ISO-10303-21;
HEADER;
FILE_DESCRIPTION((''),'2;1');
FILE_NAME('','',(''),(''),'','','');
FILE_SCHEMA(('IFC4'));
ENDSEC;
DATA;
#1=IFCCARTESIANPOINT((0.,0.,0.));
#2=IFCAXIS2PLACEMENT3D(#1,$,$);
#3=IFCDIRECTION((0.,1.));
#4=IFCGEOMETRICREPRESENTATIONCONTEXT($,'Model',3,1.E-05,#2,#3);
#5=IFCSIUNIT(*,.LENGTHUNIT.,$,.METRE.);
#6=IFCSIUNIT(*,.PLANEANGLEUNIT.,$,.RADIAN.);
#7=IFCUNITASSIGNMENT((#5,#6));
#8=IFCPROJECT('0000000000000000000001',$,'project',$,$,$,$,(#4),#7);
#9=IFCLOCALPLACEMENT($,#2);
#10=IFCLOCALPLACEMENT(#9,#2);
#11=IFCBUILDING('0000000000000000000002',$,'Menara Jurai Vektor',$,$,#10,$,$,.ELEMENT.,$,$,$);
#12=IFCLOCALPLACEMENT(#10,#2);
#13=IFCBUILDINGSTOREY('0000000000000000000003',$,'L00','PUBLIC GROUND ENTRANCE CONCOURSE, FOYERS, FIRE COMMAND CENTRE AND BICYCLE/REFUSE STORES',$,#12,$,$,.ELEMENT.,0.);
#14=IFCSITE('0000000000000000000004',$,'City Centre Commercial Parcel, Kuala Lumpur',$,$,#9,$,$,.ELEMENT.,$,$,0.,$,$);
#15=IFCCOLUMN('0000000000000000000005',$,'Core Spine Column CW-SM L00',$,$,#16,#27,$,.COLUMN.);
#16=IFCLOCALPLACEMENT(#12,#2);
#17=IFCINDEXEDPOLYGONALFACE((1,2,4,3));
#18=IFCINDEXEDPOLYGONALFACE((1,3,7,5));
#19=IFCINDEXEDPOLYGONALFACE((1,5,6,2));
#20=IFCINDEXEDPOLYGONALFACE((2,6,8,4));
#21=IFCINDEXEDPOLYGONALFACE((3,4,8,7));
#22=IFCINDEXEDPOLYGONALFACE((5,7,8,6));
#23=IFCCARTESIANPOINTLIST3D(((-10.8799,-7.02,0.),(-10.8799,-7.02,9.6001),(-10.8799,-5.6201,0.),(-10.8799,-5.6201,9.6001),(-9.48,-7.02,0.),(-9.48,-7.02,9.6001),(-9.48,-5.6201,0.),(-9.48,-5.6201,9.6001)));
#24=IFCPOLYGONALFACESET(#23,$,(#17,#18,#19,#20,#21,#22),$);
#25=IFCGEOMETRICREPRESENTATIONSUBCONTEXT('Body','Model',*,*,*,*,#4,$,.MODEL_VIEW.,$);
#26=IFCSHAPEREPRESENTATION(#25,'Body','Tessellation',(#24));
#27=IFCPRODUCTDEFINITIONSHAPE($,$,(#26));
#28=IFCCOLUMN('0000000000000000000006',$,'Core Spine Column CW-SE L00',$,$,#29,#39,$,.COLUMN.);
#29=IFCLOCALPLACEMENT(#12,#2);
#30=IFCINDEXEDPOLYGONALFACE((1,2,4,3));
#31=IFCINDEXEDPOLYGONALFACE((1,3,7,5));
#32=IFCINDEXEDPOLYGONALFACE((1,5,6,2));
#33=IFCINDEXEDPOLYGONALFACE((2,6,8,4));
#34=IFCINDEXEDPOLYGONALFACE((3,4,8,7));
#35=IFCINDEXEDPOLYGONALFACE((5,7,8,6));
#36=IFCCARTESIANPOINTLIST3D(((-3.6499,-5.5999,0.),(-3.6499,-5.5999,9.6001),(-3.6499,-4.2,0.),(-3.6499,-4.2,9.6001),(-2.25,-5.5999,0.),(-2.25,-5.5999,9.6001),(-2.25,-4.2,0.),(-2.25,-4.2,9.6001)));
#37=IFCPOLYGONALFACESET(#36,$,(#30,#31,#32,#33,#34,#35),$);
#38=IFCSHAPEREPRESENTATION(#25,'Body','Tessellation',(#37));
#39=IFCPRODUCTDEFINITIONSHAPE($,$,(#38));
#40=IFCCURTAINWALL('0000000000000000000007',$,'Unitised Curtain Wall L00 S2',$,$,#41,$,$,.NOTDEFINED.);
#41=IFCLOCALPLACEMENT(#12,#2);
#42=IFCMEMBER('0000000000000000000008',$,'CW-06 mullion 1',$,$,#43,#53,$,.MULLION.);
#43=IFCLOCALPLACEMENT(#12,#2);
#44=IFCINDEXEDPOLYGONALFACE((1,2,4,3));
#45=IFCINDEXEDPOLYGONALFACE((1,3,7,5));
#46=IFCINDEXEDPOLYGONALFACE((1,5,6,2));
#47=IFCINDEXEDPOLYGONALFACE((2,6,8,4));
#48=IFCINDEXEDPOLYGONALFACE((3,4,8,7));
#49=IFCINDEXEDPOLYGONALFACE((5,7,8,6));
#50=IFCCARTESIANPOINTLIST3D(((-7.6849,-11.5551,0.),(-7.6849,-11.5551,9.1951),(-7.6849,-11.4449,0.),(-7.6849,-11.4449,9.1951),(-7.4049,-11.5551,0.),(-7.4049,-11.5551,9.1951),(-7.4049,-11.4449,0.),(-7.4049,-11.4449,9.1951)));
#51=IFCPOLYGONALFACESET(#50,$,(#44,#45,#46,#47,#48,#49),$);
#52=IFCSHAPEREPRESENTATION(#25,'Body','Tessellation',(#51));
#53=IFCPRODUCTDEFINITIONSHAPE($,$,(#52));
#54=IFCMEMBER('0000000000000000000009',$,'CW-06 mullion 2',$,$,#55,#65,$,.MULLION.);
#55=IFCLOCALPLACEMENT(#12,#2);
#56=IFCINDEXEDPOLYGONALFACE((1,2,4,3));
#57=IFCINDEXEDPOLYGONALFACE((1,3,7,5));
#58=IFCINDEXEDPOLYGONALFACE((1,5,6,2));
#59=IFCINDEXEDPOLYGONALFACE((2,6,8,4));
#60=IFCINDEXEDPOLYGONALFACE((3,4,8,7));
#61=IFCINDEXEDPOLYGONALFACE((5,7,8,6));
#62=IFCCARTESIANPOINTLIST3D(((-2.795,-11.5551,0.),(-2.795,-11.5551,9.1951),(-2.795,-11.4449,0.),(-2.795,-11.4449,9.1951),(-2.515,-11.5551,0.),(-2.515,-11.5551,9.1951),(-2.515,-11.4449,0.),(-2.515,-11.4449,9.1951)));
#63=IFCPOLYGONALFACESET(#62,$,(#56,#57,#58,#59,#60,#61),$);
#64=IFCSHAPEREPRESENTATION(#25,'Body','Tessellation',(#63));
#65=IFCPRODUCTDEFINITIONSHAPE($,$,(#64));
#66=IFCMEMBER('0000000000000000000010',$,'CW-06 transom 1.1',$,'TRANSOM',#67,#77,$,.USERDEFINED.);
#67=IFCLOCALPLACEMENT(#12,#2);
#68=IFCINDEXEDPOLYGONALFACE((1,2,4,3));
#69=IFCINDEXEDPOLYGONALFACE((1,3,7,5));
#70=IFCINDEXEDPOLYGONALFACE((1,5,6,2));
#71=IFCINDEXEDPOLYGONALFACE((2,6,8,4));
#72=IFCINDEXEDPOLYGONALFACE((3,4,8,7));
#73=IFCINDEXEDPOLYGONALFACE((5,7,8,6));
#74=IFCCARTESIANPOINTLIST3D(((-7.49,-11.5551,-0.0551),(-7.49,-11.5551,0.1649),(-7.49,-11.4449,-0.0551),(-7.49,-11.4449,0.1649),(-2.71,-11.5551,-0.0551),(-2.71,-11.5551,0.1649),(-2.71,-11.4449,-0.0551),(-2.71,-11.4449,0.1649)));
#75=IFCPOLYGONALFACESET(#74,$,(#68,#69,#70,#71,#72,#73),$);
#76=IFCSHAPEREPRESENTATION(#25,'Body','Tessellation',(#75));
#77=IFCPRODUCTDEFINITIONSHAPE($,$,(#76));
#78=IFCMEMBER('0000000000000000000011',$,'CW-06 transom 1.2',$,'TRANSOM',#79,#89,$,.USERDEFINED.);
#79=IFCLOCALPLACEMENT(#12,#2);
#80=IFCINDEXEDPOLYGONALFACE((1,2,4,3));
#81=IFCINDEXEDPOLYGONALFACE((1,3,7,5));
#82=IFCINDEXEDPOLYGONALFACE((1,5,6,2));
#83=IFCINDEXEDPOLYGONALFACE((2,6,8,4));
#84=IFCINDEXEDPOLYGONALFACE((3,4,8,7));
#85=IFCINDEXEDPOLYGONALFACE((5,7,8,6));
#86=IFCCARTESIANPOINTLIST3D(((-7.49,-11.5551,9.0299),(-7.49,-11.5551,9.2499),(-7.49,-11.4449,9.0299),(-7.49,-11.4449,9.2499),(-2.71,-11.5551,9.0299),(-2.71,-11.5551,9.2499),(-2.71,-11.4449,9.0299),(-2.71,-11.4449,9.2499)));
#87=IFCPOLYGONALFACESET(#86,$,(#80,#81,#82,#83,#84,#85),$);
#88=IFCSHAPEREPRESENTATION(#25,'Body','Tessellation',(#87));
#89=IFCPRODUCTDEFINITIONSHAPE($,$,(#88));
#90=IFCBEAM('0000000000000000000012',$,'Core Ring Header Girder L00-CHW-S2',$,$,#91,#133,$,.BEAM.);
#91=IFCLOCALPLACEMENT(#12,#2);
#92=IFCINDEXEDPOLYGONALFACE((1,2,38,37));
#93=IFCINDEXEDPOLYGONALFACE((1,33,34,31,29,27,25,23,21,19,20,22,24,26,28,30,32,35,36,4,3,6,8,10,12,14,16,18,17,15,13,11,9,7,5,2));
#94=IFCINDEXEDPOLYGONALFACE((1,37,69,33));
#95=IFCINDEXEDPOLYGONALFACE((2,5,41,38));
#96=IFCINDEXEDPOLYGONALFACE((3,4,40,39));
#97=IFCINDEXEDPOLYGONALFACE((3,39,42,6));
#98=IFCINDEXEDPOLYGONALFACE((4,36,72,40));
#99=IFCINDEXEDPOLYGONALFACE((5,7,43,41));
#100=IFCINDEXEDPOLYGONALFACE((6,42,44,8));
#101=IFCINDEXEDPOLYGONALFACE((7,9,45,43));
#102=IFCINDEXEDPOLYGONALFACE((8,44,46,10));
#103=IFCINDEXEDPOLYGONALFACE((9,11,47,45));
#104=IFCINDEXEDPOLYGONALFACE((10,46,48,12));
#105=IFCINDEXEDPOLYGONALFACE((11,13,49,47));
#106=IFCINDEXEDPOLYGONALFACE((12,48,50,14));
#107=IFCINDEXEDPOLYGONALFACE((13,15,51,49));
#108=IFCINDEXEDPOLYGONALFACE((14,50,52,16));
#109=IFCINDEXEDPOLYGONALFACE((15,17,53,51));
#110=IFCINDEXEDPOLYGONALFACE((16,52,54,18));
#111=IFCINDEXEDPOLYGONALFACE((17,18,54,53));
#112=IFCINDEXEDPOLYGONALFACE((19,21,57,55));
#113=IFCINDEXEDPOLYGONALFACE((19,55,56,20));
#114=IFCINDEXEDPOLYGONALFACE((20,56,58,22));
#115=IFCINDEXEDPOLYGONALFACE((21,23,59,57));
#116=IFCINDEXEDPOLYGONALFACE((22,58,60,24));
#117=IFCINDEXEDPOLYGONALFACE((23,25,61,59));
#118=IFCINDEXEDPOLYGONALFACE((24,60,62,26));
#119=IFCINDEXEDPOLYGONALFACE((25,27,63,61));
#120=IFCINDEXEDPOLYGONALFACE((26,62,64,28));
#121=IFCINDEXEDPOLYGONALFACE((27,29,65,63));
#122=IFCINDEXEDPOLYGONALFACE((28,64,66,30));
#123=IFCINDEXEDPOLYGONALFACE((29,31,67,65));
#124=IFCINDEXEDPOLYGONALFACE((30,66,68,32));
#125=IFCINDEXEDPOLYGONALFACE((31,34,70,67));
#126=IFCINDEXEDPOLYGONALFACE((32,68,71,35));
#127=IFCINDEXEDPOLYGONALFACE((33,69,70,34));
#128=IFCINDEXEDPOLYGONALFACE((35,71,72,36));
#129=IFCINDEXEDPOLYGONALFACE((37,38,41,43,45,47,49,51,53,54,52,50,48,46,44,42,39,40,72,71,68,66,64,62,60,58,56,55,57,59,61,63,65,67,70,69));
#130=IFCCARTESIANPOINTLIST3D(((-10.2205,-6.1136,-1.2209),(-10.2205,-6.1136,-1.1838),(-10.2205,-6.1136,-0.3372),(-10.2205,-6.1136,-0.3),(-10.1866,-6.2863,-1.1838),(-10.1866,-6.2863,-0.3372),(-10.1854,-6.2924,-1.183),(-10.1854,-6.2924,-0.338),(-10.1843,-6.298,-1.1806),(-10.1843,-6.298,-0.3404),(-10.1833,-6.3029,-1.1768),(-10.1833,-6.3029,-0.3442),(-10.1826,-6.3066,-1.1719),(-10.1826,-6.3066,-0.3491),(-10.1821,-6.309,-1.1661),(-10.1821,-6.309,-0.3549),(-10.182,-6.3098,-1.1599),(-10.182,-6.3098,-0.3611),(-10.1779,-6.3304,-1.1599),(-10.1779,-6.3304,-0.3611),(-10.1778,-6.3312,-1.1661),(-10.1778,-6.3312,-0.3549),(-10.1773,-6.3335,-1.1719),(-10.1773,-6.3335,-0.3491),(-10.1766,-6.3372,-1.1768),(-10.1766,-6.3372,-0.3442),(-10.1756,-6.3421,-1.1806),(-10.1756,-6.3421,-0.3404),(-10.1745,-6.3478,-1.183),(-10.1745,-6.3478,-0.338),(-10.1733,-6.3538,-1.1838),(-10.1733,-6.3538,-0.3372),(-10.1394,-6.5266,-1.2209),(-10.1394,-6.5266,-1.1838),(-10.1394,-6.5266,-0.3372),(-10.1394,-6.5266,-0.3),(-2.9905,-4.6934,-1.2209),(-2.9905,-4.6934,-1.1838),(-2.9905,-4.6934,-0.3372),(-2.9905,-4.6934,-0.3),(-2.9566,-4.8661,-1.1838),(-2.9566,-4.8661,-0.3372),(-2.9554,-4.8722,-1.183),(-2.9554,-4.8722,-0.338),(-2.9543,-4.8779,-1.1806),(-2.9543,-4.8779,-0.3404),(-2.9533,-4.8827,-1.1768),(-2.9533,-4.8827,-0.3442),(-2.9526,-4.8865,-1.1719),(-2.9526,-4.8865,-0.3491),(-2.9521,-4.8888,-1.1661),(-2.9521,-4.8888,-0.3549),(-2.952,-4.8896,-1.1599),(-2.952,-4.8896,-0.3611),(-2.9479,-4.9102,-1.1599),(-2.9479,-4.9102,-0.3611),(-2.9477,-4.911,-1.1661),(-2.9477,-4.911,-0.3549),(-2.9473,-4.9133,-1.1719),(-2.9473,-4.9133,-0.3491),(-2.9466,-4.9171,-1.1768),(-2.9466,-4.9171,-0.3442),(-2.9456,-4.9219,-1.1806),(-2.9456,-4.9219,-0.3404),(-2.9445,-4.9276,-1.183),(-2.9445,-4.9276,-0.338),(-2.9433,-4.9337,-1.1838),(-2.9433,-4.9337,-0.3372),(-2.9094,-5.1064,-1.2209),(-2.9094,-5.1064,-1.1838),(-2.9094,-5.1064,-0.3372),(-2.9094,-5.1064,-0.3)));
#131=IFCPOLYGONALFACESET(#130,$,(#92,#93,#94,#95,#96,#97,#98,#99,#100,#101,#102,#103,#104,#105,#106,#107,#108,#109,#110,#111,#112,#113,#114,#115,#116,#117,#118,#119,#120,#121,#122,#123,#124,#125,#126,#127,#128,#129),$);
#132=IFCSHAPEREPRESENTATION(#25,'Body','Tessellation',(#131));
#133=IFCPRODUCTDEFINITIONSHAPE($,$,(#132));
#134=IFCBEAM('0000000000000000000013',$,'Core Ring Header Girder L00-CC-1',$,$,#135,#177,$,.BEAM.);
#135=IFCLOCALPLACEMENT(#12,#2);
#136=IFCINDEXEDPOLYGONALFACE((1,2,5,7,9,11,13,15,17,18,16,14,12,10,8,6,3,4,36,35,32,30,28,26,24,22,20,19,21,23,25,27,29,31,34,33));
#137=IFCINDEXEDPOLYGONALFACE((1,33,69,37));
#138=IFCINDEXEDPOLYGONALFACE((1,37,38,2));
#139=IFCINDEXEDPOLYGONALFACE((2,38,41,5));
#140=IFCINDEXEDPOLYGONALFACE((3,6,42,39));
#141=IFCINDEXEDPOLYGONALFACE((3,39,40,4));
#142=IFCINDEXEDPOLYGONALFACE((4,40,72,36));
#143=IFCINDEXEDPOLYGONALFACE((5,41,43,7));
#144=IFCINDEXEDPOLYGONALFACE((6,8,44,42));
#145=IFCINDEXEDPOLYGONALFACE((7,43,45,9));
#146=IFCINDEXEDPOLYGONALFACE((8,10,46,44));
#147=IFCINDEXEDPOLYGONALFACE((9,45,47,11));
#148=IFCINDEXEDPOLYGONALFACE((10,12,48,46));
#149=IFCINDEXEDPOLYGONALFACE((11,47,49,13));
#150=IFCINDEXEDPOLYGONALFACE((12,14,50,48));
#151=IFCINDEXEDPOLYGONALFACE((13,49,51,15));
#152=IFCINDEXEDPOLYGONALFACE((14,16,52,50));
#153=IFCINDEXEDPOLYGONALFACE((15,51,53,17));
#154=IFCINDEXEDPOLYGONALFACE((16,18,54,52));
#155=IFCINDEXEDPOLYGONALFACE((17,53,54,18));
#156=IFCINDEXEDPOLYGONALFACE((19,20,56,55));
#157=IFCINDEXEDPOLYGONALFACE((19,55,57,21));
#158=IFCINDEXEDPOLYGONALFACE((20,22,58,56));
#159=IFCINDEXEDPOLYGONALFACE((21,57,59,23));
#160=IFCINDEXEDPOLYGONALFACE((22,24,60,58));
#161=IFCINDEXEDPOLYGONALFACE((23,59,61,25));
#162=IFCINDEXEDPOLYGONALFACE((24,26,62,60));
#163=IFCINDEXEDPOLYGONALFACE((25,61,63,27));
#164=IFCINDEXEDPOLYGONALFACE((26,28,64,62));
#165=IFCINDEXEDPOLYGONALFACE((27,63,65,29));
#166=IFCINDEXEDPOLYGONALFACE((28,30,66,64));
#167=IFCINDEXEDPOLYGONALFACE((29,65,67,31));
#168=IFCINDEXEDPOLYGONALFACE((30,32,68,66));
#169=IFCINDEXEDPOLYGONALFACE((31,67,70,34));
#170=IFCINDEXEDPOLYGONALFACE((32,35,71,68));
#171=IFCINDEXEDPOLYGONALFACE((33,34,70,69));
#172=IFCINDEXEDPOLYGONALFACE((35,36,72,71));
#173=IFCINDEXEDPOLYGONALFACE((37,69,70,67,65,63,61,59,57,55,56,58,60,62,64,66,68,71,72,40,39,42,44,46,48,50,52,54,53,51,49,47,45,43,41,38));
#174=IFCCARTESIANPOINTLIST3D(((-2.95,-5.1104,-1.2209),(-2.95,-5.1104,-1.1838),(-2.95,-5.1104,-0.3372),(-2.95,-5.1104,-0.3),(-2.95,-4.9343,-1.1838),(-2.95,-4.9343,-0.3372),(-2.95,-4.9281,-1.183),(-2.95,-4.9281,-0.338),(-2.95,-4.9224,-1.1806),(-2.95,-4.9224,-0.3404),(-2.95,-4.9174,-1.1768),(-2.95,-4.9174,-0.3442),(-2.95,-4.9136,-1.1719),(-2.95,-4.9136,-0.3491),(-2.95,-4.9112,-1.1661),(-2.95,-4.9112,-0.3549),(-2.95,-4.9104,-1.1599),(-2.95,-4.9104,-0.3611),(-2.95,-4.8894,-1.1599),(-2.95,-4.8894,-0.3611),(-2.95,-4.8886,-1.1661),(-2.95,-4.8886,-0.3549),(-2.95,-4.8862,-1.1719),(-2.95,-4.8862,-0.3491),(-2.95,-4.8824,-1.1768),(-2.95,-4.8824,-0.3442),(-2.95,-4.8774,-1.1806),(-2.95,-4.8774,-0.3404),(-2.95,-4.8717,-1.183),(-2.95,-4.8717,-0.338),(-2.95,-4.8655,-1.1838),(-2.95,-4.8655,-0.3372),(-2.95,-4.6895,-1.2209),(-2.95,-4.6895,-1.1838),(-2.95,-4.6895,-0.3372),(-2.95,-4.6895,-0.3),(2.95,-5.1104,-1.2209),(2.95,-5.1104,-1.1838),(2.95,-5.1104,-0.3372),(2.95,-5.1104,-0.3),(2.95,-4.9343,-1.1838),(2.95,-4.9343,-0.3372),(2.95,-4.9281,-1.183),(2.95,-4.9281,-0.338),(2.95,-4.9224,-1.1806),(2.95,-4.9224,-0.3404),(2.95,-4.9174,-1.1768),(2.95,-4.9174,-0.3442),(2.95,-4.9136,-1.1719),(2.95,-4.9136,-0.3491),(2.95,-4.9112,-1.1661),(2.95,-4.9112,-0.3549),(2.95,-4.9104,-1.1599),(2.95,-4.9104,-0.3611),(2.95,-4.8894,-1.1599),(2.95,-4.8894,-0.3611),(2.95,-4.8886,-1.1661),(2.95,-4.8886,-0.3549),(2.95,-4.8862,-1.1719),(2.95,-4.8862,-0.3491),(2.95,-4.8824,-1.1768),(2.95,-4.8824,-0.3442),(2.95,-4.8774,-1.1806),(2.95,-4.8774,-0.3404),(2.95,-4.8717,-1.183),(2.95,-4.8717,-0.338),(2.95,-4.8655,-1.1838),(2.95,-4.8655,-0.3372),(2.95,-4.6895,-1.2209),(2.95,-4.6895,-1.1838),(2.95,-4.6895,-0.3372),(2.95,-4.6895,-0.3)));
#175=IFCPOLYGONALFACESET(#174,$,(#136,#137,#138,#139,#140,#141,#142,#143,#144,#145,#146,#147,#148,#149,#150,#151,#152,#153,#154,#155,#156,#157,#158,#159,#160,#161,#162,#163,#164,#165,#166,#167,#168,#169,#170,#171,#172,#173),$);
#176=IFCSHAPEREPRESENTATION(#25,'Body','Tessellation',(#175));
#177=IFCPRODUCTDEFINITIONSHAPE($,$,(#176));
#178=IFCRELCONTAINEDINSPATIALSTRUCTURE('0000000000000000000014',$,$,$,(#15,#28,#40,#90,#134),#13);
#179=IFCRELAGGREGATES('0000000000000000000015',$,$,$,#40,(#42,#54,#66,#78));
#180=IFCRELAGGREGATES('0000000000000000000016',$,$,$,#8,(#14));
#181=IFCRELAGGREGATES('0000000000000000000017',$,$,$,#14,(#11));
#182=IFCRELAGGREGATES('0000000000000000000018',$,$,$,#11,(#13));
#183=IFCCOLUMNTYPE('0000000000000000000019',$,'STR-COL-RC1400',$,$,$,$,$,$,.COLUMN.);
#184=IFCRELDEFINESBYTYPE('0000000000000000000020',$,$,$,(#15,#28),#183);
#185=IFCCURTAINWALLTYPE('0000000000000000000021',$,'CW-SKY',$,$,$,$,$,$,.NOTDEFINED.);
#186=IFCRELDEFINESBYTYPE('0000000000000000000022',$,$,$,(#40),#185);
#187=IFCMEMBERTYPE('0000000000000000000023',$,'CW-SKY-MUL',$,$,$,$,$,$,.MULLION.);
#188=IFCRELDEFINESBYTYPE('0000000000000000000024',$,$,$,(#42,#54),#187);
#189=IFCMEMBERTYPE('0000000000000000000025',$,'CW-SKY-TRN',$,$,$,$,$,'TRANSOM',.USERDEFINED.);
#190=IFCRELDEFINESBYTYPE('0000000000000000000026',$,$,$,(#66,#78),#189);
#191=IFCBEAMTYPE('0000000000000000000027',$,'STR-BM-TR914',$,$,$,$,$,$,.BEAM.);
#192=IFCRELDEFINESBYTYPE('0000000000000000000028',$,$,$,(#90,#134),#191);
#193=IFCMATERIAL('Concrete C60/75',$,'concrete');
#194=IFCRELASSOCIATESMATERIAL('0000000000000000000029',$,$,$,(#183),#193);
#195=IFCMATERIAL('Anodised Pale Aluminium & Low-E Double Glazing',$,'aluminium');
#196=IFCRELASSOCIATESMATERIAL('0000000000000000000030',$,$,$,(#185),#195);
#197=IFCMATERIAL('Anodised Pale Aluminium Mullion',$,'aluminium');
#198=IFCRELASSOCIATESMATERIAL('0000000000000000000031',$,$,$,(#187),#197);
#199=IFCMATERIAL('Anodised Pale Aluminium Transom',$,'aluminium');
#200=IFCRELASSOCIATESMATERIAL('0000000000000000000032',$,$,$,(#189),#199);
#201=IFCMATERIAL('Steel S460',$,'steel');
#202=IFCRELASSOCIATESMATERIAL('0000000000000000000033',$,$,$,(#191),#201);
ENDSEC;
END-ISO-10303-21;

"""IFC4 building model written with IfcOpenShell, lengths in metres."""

from ifc_helpers import new_model, si_unit, direction, frame, origin, origin_2d, place, context, subcontext, project, spatial, rectangle, i_section, extrude, material, material_profile, profile_set, type_object, element, aggregate, save


model = new_model("IFC4")

# Units and contexts
model_context = context("Model", 3, precision=1e-05, world=origin(), true_north=direction((0.0, 1.0)))
body_context = subcontext(model_context, "Body", "Model", "MODEL_VIEW")
ifc_project = project(units=[si_unit("LENGTHUNIT", "METRE"), si_unit("PLANEANGLEUNIT", "RADIAN")], contexts=[model_context])

# Site, building, storey
site_placement = place(None, origin())
site = spatial("IfcSite", under=ifc_project, at=site_placement, Name="City Centre Commercial Parcel, Kuala Lumpur", CompositionType="ELEMENT", RefElevation=0.0)
building_placement = place(site_placement, origin())
building = spatial("IfcBuilding", under=site, at=building_placement, Name="Menara Jurai Vektor", CompositionType="ELEMENT")
storey_placement = place(building_placement, origin())
storey = spatial("IfcBuildingStorey", under=building, at=storey_placement, Name="L00", Description="PUBLIC GROUND ENTRANCE CONCOURSE, FOYERS, FIRE COMMAND CENTRE AND BICYCLE/REFUSE STORES", CompositionType="ELEMENT", Elevation=0.0)

# Columns
ifc_material_1 = material(Name="Concrete C60/75", Category="concrete")
ifc_material_profile_1 = material_profile(ifc_material_1, rectangle(XDim=1.3999, YDim=1.3999, at=origin_2d()), Name="RC 1400x1400")
ifc_profile_set_1 = profile_set([ifc_material_profile_1], Name="Concrete C60/75")
column_type = type_object("IfcColumnType", Name="STR-COL-RC1400", PredefinedType="COLUMN", material=ifc_profile_set_1)
for number, where, z_axis, x_axis, name in (
    (1, (-10.1799, -6.3201, 0.0), (0.0, 0.0, 1.0), (1.0, 0.0, 0.0), "Core Spine Column CW-SM L00"),
    (2, (-2.95, -4.8999, 0.0), (0.0, 0.0, 1.0), (1.0, 0.0, 0.0), "Core Spine Column CW-SE L00"),
):
    element("IfcColumn", number, at=place(storey_placement, frame(where, z_axis=z_axis, x_axis=x_axis)), inside=storey, type_object=column_type, Name=name, PredefinedType="COLUMN", context=body_context, shape_type="SweptSolid", body=[
        extrude(rectangle(XDim=1.3999, YDim=1.3999, at=origin_2d()), origin(), (0.0, 0.0, 1.0), 9.6001),
    ])

# Curtain wall, members
ifc_material_2 = material(Name="Anodised Pale Aluminium & Low-E Double Glazing", Category="aluminium")
curtain_wall_type = type_object("IfcCurtainWallType", Name="CW-SKY", PredefinedType="NOTDEFINED", material=ifc_material_2)
curtain_wall_placement = place(storey_placement, origin())
curtain_wall = element("IfcCurtainWall", 3, at=curtain_wall_placement, inside=storey, type_object=curtain_wall_type, Name="Unitised Curtain Wall L00 S2", PredefinedType="NOTDEFINED")
ifc_material_3 = material(Name="Anodised Pale Aluminium Mullion", Category="aluminium")
ifc_material_profile_2 = material_profile(ifc_material_3, rectangle(XDim=0.1101, YDim=0.28, at=origin_2d()), Name="ALU MUL 110x280")
ifc_profile_set_2 = profile_set([ifc_material_profile_2], Name="Anodised Pale Aluminium Mullion")
member_type_1 = type_object("IfcMemberType", Name="CW-SKY-MUL", PredefinedType="MULLION", material=ifc_profile_set_2)
member_1_placement = place(storey_placement, frame((-7.5449, -11.5, 0.0), z_axis=(0.0, 0.0, 1.0), x_axis=(0.0, 1.0, 0.0)))
member_1 = element("IfcMember", 4, at=member_1_placement, type_object=member_type_1, Name="CW-06 mullion 1", PredefinedType="MULLION", context=body_context, shape_type="SweptSolid", body=[
    extrude(rectangle(XDim=0.1101, YDim=0.28, at=origin_2d()), origin(), (0.0, 0.0, 1.0), 9.1951),
])
member_2_placement = place(storey_placement, frame((-2.655, -11.5, 0.0), z_axis=(0.0, 0.0, 1.0), x_axis=(0.0, 1.0, 0.0)))
member_2 = element("IfcMember", 5, at=member_2_placement, type_object=member_type_1, Name="CW-06 mullion 2", PredefinedType="MULLION", context=body_context, shape_type="SweptSolid", body=[
    extrude(rectangle(XDim=0.1101, YDim=0.28, at=origin_2d()), origin(), (0.0, 0.0, 1.0), 9.1951),
])
ifc_material_4 = material(Name="Anodised Pale Aluminium Transom", Category="aluminium")
ifc_material_profile_3 = material_profile(ifc_material_4, rectangle(XDim=0.1101, YDim=0.22, at=origin_2d()), Name="ALU TRN 110x220")
ifc_profile_set_3 = profile_set([ifc_material_profile_3], Name="Anodised Pale Aluminium Transom")
member_type_2 = type_object("IfcMemberType", Name="CW-SKY-TRN", ElementType="TRANSOM", PredefinedType="USERDEFINED", material=ifc_profile_set_3)
member_3_placement = place(storey_placement, frame((-7.49, -11.5, 0.0549), z_axis=(1.0, 0.0, 0.0), x_axis=(0.0, 1.0, 0.0)))
member_3 = element("IfcMember", 6, at=member_3_placement, type_object=member_type_2, Name="CW-06 transom 1.1", ObjectType="TRANSOM", PredefinedType="USERDEFINED", context=body_context, shape_type="SweptSolid", body=[
    extrude(rectangle(XDim=0.1101, YDim=0.22, at=origin_2d()), origin(), (0.0, 0.0, 1.0), 4.78),
])
member_4_placement = place(storey_placement, frame((-7.49, -11.5, 9.1399), z_axis=(1.0, 0.0, 0.0), x_axis=(0.0, 1.0, 0.0)))
member_4 = element("IfcMember", 7, at=member_4_placement, type_object=member_type_2, Name="CW-06 transom 1.2", ObjectType="TRANSOM", PredefinedType="USERDEFINED", context=body_context, shape_type="SweptSolid", body=[
    extrude(rectangle(XDim=0.1101, YDim=0.22, at=origin_2d()), origin(), (0.0, 0.0, 1.0), 4.78),
])

# Beams
ifc_material_5 = material(Name="Steel S460", Category="steel")
ifc_material_profile_4 = material_profile(ifc_material_5, i_section(OverallWidth=0.4209, OverallDepth=0.9209, WebThickness=0.021, FlangeThickness=0.0371, FilletRadius=0.0239, at=origin_2d()), Name="UKB 914x419x388")
ifc_profile_set_4 = profile_set([ifc_material_profile_4], Name="Steel S460")
beam_type_1 = type_object("IfcBeamType", Name="STR-BM-TR914", PredefinedType="BEAM", material=ifc_profile_set_4)
beam_1_placement = place(storey_placement, frame((-10.1799, -6.3201, -0.7605), z_axis=(0.981249, 0.192744, 0.0), x_axis=(-0.192744, 0.981249, 0.0)))
element("IfcBeam", 8, at=beam_1_placement, inside=storey, type_object=beam_type_1, Name="Core Ring Header Girder L00-CHW-S2", PredefinedType="BEAM", context=body_context, shape_type="SweptSolid", body=[
    extrude(i_section(OverallWidth=0.4209, OverallDepth=0.9209, WebThickness=0.021, FlangeThickness=0.0371, FilletRadius=0.0239, at=origin_2d()), origin(), (0.0, 0.0, 1.0), 7.3682),
])
beam_2_placement = place(storey_placement, frame((-2.95, -4.8999, -0.7605), z_axis=(1.0, 0.0, 0.0), x_axis=(0.0, 1.0, 0.0)))
element("IfcBeam", 9, at=beam_2_placement, inside=storey, type_object=beam_type_1, Name="Core Ring Header Girder L00-CC-1", PredefinedType="BEAM", context=body_context, shape_type="SweptSolid", body=[
    extrude(i_section(OverallWidth=0.4209, OverallDepth=0.9209, WebThickness=0.021, FlangeThickness=0.0371, FilletRadius=0.0239, at=origin_2d()), origin(), (0.0, 0.0, 1.0), 5.8999),
])

aggregate(curtain_wall, [member_1, member_2, member_3, member_4])

save(model, "model.ifc")
